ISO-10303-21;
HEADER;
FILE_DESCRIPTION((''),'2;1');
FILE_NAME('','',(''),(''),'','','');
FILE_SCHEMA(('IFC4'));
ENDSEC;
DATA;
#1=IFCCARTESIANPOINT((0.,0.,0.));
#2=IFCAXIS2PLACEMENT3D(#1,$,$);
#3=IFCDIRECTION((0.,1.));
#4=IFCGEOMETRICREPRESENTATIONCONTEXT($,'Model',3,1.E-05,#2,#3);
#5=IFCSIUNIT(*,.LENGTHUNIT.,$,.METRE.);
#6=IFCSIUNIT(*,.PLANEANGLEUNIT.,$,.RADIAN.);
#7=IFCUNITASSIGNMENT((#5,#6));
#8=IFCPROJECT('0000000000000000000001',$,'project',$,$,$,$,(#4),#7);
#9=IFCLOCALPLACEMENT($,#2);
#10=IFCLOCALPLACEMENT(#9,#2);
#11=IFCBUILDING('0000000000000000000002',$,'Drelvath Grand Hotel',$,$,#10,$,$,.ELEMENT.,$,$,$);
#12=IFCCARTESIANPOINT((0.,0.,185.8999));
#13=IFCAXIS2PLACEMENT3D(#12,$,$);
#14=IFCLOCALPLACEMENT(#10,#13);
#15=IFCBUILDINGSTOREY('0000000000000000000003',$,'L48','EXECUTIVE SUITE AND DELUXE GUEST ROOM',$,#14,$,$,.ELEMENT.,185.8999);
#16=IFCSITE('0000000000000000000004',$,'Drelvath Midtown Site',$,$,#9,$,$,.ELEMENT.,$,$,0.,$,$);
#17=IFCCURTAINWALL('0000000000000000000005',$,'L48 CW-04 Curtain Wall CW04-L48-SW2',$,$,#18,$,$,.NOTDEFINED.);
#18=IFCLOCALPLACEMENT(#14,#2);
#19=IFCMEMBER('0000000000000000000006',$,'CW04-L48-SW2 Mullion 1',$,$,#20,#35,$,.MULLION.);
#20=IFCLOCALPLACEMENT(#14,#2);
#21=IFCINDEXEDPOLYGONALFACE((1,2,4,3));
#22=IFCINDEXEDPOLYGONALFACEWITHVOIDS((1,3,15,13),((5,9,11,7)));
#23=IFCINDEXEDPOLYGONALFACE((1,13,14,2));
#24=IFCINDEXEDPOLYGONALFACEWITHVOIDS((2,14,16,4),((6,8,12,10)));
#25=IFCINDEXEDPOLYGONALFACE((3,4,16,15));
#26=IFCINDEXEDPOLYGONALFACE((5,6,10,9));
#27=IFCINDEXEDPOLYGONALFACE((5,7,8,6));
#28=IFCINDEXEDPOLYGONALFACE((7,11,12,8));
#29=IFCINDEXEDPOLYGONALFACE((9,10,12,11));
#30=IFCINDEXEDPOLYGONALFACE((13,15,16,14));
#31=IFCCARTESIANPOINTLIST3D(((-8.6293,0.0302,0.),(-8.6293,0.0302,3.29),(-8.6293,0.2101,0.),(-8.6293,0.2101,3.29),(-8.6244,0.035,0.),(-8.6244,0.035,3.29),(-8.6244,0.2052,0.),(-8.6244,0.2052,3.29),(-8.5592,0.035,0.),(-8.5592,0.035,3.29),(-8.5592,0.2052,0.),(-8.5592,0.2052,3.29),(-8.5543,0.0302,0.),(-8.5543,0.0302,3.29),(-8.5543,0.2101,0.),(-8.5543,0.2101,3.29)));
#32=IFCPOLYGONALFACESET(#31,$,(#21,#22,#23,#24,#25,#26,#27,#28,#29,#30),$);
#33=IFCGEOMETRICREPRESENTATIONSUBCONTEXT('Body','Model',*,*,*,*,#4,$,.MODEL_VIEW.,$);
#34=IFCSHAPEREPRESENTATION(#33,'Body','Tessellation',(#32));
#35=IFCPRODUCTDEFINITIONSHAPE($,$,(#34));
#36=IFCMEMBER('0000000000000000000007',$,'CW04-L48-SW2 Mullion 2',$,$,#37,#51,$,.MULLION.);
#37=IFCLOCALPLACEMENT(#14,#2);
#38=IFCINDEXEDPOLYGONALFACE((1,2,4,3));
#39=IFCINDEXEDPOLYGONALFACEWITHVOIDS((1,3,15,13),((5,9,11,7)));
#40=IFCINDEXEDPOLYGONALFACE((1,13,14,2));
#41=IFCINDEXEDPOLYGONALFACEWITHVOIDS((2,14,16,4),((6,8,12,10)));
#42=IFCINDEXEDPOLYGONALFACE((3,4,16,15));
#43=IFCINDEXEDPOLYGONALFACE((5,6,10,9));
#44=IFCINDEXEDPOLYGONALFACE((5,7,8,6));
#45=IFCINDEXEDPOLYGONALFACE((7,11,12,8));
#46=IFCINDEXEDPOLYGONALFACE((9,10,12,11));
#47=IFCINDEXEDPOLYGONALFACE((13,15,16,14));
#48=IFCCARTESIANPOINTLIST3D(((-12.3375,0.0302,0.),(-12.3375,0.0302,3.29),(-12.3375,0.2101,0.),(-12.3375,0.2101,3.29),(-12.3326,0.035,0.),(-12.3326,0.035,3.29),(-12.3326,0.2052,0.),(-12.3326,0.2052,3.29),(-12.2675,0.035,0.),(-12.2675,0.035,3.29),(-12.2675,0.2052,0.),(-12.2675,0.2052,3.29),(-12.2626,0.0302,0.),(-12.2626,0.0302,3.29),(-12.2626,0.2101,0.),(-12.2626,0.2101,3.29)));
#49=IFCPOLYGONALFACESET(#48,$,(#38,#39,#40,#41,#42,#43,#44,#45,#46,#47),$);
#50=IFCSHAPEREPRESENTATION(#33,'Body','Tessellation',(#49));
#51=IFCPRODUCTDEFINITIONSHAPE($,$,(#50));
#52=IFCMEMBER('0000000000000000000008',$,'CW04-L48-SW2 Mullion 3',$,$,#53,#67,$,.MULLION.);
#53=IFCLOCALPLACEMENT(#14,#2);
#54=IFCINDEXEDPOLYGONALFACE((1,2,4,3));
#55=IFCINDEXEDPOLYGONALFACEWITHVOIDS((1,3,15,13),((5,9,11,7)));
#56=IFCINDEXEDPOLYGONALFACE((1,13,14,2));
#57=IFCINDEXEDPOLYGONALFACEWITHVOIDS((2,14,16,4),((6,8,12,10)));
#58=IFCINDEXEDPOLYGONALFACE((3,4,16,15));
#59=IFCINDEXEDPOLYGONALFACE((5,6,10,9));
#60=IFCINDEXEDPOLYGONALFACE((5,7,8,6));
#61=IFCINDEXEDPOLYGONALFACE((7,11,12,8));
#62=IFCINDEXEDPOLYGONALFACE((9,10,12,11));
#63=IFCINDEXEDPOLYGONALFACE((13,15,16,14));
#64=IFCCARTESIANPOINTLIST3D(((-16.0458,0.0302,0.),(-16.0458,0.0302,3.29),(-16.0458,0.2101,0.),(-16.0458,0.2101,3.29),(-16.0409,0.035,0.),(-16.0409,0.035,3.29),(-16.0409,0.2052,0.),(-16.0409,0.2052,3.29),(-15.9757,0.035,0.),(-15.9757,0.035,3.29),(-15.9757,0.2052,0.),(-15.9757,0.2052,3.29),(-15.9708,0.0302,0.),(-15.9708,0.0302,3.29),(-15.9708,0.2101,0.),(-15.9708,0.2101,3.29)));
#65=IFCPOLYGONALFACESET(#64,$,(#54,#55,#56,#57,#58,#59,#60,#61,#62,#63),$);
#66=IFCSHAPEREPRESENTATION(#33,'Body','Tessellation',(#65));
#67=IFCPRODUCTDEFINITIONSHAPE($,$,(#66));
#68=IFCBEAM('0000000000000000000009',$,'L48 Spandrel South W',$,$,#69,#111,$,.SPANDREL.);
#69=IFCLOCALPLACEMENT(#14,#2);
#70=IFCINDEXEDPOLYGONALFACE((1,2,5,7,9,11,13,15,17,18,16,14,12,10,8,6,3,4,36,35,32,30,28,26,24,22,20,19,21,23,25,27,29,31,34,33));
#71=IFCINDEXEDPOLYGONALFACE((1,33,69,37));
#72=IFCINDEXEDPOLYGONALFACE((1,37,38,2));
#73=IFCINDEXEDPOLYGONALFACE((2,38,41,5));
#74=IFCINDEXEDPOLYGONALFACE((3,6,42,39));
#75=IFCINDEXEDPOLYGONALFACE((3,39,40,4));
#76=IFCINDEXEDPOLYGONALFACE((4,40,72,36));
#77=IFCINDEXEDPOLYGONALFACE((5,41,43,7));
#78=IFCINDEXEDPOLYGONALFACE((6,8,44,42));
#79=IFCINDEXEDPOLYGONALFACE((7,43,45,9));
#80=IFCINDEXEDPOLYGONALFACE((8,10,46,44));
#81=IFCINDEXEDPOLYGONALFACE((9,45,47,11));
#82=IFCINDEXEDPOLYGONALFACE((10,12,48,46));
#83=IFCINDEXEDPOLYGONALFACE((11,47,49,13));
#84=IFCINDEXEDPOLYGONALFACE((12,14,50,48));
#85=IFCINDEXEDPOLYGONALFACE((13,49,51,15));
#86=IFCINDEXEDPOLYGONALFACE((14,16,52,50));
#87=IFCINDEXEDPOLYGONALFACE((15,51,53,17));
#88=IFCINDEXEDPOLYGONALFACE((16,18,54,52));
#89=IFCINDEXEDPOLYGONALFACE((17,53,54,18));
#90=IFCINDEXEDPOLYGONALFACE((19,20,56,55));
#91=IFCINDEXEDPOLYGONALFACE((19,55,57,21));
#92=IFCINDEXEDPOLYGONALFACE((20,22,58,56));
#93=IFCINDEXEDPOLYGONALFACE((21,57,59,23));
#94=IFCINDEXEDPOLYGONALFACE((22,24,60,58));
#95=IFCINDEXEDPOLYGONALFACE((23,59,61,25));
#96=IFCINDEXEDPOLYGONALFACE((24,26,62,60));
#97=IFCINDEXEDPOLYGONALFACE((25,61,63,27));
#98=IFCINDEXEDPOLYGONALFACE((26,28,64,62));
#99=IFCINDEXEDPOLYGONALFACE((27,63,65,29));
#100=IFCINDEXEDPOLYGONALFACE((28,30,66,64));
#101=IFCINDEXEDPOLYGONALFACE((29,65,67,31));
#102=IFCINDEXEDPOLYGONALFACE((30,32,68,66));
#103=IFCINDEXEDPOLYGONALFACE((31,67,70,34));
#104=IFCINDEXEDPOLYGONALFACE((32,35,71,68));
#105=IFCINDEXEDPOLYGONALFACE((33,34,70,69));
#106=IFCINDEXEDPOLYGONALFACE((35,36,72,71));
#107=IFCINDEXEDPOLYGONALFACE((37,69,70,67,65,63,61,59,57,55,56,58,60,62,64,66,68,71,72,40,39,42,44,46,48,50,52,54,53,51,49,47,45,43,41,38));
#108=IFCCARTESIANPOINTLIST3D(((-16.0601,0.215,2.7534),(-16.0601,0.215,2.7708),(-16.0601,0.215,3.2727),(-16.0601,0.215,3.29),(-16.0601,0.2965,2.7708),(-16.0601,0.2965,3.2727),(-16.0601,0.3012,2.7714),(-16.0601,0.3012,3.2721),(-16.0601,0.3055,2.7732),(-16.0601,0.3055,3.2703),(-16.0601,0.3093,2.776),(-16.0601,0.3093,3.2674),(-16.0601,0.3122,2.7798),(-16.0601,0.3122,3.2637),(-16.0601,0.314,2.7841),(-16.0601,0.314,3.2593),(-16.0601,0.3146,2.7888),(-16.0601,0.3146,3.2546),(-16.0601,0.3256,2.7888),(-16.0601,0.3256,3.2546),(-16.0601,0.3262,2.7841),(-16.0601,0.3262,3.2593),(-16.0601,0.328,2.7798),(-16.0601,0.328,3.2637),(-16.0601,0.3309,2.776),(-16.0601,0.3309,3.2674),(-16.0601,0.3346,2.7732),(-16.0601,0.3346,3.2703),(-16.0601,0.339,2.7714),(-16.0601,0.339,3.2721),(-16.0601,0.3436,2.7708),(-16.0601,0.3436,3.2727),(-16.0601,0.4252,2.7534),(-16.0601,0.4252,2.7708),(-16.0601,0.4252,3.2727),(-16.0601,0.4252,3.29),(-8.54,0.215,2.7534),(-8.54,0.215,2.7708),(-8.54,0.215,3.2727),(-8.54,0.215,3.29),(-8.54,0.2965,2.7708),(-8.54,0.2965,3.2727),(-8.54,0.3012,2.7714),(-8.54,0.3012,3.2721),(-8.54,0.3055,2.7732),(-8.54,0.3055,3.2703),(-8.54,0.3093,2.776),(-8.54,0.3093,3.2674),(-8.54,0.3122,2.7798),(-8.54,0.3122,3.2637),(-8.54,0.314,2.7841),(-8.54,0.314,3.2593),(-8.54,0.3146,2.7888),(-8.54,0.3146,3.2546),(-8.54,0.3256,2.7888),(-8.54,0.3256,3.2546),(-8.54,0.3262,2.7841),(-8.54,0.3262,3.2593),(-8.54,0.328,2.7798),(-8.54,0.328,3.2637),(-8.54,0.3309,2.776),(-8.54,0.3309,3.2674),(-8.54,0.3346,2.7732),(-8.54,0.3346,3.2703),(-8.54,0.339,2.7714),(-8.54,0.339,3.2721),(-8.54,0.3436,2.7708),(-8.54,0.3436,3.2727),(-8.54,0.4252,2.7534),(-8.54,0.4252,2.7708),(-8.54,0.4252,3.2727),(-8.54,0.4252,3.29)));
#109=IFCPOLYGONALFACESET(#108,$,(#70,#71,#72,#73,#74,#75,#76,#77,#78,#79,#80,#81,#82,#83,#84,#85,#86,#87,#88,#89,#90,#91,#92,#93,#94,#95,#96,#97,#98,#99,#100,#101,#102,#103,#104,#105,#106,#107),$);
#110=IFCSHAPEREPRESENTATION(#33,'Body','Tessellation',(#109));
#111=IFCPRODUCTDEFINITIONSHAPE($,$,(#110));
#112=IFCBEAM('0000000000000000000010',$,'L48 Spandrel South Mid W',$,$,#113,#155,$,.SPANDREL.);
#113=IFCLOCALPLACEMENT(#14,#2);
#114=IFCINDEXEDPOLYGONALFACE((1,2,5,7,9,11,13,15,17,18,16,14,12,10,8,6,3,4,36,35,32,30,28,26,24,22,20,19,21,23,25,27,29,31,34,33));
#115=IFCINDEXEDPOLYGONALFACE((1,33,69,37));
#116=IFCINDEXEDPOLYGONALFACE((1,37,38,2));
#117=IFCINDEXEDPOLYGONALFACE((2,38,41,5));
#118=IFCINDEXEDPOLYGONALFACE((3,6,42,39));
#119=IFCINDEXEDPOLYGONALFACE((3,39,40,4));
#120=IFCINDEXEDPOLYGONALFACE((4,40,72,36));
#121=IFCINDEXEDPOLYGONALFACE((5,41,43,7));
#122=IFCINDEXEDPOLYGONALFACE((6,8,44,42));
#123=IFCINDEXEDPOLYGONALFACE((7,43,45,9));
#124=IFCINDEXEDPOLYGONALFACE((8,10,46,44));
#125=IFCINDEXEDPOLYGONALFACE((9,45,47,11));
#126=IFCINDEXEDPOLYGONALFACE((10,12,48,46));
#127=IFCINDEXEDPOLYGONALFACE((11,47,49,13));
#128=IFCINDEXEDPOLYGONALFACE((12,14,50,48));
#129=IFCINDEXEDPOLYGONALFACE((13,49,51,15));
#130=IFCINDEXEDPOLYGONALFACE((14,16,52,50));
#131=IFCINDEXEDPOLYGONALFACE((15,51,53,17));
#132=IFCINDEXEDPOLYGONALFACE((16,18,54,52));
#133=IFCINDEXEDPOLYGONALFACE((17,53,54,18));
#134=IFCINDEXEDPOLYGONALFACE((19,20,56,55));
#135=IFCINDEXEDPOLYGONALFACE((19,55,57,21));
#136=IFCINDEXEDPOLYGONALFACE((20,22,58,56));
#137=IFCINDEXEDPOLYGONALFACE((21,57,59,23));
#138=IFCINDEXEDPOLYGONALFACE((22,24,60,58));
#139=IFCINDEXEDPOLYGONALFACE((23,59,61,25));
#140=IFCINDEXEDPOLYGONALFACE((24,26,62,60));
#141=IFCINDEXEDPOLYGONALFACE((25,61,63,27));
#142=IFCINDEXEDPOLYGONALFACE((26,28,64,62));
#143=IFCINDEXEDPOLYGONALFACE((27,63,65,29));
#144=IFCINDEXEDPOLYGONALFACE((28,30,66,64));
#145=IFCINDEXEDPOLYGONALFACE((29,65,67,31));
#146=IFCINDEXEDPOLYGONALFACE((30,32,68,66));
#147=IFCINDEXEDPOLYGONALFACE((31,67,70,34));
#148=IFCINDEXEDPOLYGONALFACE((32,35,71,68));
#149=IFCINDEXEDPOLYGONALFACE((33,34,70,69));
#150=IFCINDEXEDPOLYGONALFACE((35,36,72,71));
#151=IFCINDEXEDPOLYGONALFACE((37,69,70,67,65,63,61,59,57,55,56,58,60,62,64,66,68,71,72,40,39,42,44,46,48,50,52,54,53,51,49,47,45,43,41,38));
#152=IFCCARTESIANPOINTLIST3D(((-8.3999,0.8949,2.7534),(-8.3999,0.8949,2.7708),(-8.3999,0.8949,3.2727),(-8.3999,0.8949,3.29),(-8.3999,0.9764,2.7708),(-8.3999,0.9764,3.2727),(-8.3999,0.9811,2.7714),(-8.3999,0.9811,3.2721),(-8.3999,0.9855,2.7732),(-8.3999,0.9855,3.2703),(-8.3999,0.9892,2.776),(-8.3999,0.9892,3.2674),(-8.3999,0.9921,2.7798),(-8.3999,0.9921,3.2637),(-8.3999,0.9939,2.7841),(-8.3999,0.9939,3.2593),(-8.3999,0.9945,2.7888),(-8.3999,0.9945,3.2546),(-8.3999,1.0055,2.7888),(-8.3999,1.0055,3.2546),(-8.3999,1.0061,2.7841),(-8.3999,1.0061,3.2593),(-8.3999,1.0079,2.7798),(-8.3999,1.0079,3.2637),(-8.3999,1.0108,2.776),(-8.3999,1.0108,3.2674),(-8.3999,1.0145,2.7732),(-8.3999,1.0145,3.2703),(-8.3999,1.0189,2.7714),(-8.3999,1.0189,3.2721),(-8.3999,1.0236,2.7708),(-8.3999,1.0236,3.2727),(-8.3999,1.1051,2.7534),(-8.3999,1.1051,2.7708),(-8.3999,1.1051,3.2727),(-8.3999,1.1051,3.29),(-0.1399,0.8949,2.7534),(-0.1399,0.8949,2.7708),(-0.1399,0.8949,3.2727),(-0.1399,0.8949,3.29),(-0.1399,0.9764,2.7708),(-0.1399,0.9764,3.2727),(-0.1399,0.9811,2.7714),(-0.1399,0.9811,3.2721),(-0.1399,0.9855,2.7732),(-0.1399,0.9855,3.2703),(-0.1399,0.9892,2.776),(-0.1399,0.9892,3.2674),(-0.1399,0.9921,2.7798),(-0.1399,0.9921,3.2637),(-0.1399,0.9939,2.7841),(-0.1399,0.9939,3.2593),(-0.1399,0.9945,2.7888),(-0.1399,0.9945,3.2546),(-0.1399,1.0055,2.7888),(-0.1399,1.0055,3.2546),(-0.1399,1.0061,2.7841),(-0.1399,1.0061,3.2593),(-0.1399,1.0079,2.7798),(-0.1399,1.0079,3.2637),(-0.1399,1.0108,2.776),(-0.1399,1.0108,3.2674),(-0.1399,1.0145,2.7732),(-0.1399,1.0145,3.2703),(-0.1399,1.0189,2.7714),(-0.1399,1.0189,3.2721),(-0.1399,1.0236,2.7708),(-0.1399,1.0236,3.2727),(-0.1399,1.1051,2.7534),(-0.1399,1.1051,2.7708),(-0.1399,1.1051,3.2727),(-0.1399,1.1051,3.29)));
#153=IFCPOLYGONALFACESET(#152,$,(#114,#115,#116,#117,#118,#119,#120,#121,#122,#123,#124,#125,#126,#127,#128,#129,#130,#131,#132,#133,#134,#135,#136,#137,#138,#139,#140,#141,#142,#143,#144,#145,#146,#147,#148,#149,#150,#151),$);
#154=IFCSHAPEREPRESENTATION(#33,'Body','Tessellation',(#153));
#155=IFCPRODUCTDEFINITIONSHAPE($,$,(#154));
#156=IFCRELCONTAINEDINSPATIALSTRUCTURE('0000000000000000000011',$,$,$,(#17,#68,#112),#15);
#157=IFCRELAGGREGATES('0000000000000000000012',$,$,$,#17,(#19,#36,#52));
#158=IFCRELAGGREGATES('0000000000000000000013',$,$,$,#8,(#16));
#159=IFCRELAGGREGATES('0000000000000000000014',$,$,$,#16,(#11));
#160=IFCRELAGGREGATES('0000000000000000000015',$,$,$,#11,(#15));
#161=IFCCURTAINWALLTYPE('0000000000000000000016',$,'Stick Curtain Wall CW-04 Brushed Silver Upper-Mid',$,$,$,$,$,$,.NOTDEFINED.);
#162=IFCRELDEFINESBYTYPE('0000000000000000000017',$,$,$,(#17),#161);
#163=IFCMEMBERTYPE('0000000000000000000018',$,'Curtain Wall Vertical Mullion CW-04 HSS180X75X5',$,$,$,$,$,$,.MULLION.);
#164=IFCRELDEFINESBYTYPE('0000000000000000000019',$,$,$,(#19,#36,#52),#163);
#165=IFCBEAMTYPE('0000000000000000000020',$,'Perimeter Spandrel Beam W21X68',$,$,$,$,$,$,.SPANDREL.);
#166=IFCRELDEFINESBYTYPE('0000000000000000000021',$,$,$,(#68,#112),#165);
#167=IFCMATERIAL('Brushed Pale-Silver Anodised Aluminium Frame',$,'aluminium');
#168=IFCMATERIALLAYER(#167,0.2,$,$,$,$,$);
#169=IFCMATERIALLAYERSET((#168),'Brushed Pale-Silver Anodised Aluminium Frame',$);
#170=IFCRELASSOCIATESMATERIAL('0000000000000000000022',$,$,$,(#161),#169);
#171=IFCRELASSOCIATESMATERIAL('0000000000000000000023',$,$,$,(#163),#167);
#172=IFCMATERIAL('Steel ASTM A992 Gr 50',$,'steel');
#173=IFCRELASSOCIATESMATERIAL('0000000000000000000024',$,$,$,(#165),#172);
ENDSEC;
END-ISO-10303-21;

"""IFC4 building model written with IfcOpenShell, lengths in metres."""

from ifc_helpers import new_model, si_unit, direction, frame, origin, origin_2d, place, context, subcontext, project, spatial, hollow_rectangle, i_section, extrude, material, layer, layer_set, material_profile, profile_set, type_object, element, aggregate, save


model = new_model("IFC4")

# Units and contexts
model_context = context("Model", 3, precision=1e-05, world=origin(), true_north=direction((0.0, 1.0)))
body_context = subcontext(model_context, "Body", "Model", "MODEL_VIEW")
ifc_project = project(units=[si_unit("LENGTHUNIT", "METRE"), si_unit("PLANEANGLEUNIT", "RADIAN")], contexts=[model_context])

# Site, building, storey
site_placement = place(None, origin())
site = spatial("IfcSite", under=ifc_project, at=site_placement, Name="Drelvath Midtown Site", CompositionType="ELEMENT", RefElevation=0.0)
building_placement = place(site_placement, origin())
building = spatial("IfcBuilding", under=site, at=building_placement, Name="Drelvath Grand Hotel", CompositionType="ELEMENT")
storey_placement = place(building_placement, frame((0.0, 0.0, 185.8999)))
storey = spatial("IfcBuildingStorey", under=building, at=storey_placement, Name="L48", Description="EXECUTIVE SUITE AND DELUXE GUEST ROOM", CompositionType="ELEMENT", Elevation=185.8999)

# Curtain wall
ifc_material_1 = material(Name="Brushed Pale-Silver Anodised Aluminium Frame", Category="aluminium")
ifc_layer_1 = layer(ifc_material_1, 0.2)
ifc_layer_set_1 = layer_set([ifc_layer_1], Name="Brushed Pale-Silver Anodised Aluminium Frame")
curtain_wall_type = type_object("IfcCurtainWallType", Name="Stick Curtain Wall CW-04 Brushed Silver Upper-Mid", PredefinedType="NOTDEFINED", material=ifc_layer_set_1)
curtain_wall_1_placement = place(storey_placement, origin())
curtain_wall_1 = element("IfcCurtainWall", 1, at=curtain_wall_1_placement, inside=storey, type_object=curtain_wall_type, Name="L48 CW-04 Curtain Wall CW04-L48-SW2", PredefinedType="NOTDEFINED")

# Members
ifc_material_profile_1 = material_profile(ifc_material_1, hollow_rectangle(XDim=0.075, YDim=0.1799, WallThickness=0.0049, at=origin_2d()), Name="HSS180X75X5")
ifc_profile_set_1 = profile_set([ifc_material_profile_1], Name="Brushed Pale-Silver Anodised Aluminium Frame")
member_type_1 = type_object("IfcMemberType", Name="Curtain Wall Vertical Mullion CW-04 HSS180X75X5", PredefinedType="MULLION", material=ifc_profile_set_1)
member_1_placement = place(storey_placement, frame((-8.5918, 0.1201, 0.0), z_axis=(0.0, 0.0, 1.0), x_axis=(1.0, 0.0, 0.0)))
member_1 = element("IfcMember", 2, at=member_1_placement, type_object=member_type_1, Name="CW04-L48-SW2 Mullion 1", PredefinedType="MULLION", context=body_context, shape_type="SweptSolid", body=[
    extrude(hollow_rectangle(XDim=0.075, YDim=0.1799, WallThickness=0.0049, at=origin_2d()), origin(), (0.0, 0.0, 1.0), 3.29),
])
member_2_placement = place(storey_placement, frame((-12.3, 0.1201, 0.0), z_axis=(0.0, 0.0, 1.0), x_axis=(1.0, 0.0, 0.0)))
member_2 = element("IfcMember", 3, at=member_2_placement, type_object=member_type_1, Name="CW04-L48-SW2 Mullion 2", PredefinedType="MULLION", context=body_context, shape_type="SweptSolid", body=[
    extrude(hollow_rectangle(XDim=0.075, YDim=0.1799, WallThickness=0.0049, at=origin_2d()), origin(), (0.0, 0.0, 1.0), 3.29),
])
member_3_placement = place(storey_placement, frame((-16.0083, 0.1201, 0.0), z_axis=(0.0, 0.0, 1.0), x_axis=(1.0, 0.0, 0.0)))
member_3 = element("IfcMember", 4, at=member_3_placement, type_object=member_type_1, Name="CW04-L48-SW2 Mullion 3", PredefinedType="MULLION", context=body_context, shape_type="SweptSolid", body=[
    extrude(hollow_rectangle(XDim=0.075, YDim=0.1799, WallThickness=0.0049, at=origin_2d()), origin(), (0.0, 0.0, 1.0), 3.29),
])

# Beams
ifc_material_2 = material(Name="Steel ASTM A992 Gr 50", Category="steel")
ifc_material_profile_2 = material_profile(ifc_material_2, i_section(OverallWidth=0.2102, OverallDepth=0.5366, WebThickness=0.011, FlangeThickness=0.0173, FilletRadius=0.0181, at=origin_2d()), Name="W21X68")
ifc_profile_set_2 = profile_set([ifc_material_profile_2], Name="Steel ASTM A992 Gr 50")
beam_type_1 = type_object("IfcBeamType", Name="Perimeter Spandrel Beam W21X68", PredefinedType="SPANDREL", material=ifc_profile_set_2)
beam_1_placement = place(storey_placement, frame((-16.0601, 0.3201, 3.0217), z_axis=(1.0, 0.0, 0.0), x_axis=(0.0, 1.0, 0.0)))
element("IfcBeam", 5, at=beam_1_placement, inside=storey, type_object=beam_type_1, Name="L48 Spandrel South W", PredefinedType="SPANDREL", context=body_context, shape_type="SweptSolid", body=[
    extrude(i_section(OverallWidth=0.2102, OverallDepth=0.5366, WebThickness=0.011, FlangeThickness=0.0173, FilletRadius=0.0181, at=origin_2d()), origin(), (0.0, 0.0, 1.0), 7.52),
])
beam_2_placement = place(storey_placement, frame((-8.3999, 1.0, 3.0217), z_axis=(1.0, 0.0, 0.0), x_axis=(0.0, 1.0, 0.0)))
element("IfcBeam", 6, at=beam_2_placement, inside=storey, type_object=beam_type_1, Name="L48 Spandrel South Mid W", PredefinedType="SPANDREL", context=body_context, shape_type="SweptSolid", body=[
    extrude(i_section(OverallWidth=0.2102, OverallDepth=0.5366, WebThickness=0.011, FlangeThickness=0.0173, FilletRadius=0.0181, at=origin_2d()), origin(), (0.0, 0.0, 1.0), 8.26),
])

aggregate(curtain_wall_1, [member_1, member_2, member_3])

save(model, "model.ifc")
